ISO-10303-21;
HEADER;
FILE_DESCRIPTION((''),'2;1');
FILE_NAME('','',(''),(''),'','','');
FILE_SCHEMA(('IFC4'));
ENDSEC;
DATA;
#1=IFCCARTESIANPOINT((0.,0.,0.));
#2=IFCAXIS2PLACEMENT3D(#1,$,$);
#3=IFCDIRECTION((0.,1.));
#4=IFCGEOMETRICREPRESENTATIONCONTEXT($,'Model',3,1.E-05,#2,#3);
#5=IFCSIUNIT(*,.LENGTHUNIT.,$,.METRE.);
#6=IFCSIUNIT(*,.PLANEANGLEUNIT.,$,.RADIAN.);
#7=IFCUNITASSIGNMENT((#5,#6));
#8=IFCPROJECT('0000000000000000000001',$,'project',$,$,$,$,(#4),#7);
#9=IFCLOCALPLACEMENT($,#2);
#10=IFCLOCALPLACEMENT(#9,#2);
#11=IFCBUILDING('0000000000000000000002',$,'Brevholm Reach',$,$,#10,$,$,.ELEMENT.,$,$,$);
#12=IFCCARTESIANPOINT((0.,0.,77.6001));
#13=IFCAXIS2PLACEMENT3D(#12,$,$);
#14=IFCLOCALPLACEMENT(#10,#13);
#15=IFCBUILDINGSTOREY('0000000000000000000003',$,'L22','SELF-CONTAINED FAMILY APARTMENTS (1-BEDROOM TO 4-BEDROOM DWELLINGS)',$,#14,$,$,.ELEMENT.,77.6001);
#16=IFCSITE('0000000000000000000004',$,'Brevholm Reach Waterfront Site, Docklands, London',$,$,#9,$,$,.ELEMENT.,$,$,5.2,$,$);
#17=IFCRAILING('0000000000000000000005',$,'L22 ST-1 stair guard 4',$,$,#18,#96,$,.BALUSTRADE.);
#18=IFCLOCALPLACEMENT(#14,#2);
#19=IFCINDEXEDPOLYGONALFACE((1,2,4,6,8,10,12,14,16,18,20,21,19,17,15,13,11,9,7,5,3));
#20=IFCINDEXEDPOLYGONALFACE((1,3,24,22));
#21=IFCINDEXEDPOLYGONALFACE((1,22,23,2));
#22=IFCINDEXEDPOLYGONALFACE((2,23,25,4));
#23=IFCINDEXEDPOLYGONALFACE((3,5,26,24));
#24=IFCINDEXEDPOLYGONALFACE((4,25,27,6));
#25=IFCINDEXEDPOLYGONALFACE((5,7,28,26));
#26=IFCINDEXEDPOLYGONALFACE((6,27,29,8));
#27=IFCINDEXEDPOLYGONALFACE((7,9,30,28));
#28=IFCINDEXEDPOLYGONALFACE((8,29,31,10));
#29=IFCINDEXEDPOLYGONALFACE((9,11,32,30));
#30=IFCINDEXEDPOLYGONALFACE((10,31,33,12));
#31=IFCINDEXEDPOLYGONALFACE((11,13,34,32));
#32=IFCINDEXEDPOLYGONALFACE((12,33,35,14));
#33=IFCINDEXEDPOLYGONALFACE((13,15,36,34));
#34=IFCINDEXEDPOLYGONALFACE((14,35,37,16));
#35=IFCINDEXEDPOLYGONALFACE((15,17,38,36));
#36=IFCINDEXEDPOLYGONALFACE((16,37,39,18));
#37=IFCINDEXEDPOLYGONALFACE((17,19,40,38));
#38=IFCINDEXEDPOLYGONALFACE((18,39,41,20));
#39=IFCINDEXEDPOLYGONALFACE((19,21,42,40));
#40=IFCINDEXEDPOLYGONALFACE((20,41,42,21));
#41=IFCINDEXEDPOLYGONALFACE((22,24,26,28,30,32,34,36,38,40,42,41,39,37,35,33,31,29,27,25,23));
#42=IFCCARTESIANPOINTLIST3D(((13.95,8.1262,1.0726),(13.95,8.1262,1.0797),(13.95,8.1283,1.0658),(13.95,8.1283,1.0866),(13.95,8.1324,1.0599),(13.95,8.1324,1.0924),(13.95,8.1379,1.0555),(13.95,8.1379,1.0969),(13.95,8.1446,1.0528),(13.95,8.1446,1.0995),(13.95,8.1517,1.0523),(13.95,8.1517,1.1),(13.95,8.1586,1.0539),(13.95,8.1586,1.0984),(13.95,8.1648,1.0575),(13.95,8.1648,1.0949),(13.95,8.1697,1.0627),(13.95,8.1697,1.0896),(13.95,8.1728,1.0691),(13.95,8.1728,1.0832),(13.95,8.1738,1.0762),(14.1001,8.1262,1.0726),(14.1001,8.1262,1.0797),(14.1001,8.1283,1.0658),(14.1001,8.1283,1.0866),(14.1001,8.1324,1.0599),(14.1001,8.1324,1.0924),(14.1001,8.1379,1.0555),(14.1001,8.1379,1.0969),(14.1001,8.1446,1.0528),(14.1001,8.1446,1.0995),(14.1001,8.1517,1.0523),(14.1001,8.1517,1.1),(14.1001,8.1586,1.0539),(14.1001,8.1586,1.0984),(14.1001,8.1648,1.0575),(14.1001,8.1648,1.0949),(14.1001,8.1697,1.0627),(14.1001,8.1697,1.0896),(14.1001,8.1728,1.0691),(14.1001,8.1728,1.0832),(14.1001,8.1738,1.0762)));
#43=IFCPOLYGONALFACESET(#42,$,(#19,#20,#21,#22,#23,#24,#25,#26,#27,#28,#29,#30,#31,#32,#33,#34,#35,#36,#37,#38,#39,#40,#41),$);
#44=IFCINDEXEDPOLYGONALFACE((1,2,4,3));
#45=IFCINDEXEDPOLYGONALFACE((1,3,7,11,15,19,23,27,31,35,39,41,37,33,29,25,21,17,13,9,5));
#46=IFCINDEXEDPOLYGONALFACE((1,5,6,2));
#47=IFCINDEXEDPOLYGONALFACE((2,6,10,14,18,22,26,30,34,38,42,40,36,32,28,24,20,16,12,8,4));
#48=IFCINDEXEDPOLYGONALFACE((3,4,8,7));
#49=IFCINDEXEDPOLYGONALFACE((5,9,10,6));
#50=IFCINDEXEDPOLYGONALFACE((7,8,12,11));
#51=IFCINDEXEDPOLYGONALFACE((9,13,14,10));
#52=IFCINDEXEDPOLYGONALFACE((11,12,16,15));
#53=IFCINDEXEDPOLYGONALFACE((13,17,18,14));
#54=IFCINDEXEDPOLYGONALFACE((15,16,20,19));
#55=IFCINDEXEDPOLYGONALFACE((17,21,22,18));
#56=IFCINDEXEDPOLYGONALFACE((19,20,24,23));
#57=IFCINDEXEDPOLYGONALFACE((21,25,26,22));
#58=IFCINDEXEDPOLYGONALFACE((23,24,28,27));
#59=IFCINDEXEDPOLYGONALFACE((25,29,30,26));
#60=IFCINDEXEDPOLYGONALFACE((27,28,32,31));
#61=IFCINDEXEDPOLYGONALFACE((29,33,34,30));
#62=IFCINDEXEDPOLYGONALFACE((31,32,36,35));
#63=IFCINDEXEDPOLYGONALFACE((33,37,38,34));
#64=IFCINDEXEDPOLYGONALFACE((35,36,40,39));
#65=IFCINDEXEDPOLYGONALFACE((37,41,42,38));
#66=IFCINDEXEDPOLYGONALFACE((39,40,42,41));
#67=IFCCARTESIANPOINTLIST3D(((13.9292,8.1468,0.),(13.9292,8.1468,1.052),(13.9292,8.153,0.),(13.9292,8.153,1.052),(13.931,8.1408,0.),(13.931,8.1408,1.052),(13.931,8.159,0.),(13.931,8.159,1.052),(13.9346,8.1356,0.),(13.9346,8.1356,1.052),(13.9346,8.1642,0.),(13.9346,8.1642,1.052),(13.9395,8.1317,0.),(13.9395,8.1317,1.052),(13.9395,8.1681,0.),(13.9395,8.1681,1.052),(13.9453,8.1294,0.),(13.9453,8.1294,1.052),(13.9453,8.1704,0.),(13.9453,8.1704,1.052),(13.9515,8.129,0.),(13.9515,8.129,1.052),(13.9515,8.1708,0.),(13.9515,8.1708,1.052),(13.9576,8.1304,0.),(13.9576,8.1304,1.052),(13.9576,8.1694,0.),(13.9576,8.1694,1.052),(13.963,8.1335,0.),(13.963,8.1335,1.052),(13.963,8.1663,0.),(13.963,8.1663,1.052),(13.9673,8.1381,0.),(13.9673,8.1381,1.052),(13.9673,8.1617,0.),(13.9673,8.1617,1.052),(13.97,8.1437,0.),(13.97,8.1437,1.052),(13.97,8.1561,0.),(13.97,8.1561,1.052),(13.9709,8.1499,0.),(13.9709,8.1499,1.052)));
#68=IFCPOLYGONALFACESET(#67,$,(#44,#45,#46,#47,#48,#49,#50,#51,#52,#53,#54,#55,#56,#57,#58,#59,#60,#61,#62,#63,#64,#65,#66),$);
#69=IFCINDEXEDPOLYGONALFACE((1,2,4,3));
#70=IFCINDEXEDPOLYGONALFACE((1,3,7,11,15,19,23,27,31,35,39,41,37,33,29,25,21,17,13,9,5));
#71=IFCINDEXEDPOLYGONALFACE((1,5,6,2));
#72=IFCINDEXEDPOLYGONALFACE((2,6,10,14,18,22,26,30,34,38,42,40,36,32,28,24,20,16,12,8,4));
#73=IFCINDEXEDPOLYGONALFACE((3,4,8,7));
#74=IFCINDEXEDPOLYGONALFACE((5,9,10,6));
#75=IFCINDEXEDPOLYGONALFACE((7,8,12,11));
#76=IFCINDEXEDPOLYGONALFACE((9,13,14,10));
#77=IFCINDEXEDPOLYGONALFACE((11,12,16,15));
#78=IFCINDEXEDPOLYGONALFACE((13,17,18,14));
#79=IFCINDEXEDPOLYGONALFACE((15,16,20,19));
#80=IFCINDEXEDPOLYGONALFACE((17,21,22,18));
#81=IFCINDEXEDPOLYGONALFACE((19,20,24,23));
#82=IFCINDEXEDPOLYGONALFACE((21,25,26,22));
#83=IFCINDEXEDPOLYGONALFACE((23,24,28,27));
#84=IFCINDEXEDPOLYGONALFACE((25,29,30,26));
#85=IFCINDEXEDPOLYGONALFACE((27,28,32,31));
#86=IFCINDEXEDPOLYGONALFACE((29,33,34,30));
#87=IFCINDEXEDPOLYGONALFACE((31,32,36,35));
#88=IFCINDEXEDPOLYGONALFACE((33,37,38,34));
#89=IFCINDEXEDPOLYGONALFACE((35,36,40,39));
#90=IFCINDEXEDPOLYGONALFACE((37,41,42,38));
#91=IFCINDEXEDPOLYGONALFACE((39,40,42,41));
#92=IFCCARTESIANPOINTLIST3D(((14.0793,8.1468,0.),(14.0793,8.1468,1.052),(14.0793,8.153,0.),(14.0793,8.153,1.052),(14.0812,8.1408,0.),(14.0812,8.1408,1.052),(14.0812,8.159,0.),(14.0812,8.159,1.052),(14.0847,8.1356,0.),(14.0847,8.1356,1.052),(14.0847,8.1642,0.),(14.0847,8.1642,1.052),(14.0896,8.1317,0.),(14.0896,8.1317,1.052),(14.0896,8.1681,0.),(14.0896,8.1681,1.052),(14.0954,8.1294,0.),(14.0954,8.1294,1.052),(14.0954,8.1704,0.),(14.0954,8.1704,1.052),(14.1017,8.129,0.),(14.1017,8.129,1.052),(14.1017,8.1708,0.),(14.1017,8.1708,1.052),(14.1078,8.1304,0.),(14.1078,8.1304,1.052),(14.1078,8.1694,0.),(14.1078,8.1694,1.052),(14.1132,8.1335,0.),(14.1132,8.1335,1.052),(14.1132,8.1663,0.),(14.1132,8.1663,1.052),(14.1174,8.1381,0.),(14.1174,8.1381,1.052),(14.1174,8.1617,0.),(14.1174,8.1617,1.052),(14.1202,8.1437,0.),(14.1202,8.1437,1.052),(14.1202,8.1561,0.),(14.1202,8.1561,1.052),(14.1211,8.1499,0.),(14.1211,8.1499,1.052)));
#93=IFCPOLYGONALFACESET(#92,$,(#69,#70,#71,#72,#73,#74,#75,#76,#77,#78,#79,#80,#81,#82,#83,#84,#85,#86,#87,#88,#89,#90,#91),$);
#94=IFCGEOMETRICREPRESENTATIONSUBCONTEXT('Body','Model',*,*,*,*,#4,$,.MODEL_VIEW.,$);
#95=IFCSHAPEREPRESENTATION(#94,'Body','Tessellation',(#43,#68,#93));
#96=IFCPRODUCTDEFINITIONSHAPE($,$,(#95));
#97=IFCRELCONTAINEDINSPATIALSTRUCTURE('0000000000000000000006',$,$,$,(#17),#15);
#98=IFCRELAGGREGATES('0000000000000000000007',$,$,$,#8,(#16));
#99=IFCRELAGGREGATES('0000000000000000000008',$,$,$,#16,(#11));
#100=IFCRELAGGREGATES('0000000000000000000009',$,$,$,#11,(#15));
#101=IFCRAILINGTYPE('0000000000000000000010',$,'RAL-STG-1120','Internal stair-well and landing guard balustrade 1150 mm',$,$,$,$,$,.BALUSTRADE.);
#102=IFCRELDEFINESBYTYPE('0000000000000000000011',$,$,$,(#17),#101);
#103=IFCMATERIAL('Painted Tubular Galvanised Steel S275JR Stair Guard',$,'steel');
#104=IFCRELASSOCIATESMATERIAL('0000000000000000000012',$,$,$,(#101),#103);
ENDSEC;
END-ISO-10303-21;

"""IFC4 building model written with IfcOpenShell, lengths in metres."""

from ifc_helpers import new_model, si_unit, direction, frame, origin, origin_2d, place, context, subcontext, project, spatial, circle, extrude, material, type_object, element, save


model = new_model("IFC4")

# Units and contexts
model_context = context("Model", 3, precision=1e-05, world=origin(), true_north=direction((0.0, 1.0)))
body_context = subcontext(model_context, "Body", "Model", "MODEL_VIEW")
ifc_project = project(units=[si_unit("LENGTHUNIT", "METRE"), si_unit("PLANEANGLEUNIT", "RADIAN")], contexts=[model_context])

# Site, building, storey
site_placement = place(None, origin())
site = spatial("IfcSite", under=ifc_project, at=site_placement, Name="Brevholm Reach Waterfront Site, Docklands, London", CompositionType="ELEMENT", RefElevation=5.2)
building_placement = place(site_placement, origin())
building = spatial("IfcBuilding", under=site, at=building_placement, Name="Brevholm Reach", CompositionType="ELEMENT")
storey_placement = place(building_placement, frame((0.0, 0.0, 77.6001)))
storey = spatial("IfcBuildingStorey", under=building, at=storey_placement, Name="L22", Description="SELF-CONTAINED FAMILY APARTMENTS (1-BEDROOM TO 4-BEDROOM DWELLINGS)", CompositionType="ELEMENT", Elevation=77.6001)

# Railing
ifc_material_1 = material(Name="Painted Tubular Galvanised Steel S275JR Stair Guard", Category="steel")
railing_type = type_object("IfcRailingType", Name="RAL-STG-1120", Description="Internal stair-well and landing guard balustrade 1150 mm", PredefinedType="BALUSTRADE", material=ifc_material_1)
railing_1_placement = place(storey_placement, frame((13.95, 8.1499, 0.0)))
element("IfcRailing", 1, at=railing_1_placement, inside=storey, type_object=railing_type, Name="L22 ST-1 stair guard 4", PredefinedType="BALUSTRADE", context=body_context, shape_type="SweptSolid", body=[
    extrude(circle(Radius=0.0239, at=origin_2d()), frame((0.0, 0.0, 1.0762), z_axis=(1.0, 0.0, 0.0), x_axis=(0.0, 1.0, 0.0)), (0.0, 0.0, 1.0), 0.1501),
    extrude(circle(Radius=0.021, at=origin_2d()), origin(), (0.0, 0.0, 1.0), 1.052),
    extrude(circle(Radius=0.021, at=origin_2d()), frame((0.1501, 0.0, 0.0)), (0.0, 0.0, 1.0), 1.052),
])

save(model, "model.ifc")
